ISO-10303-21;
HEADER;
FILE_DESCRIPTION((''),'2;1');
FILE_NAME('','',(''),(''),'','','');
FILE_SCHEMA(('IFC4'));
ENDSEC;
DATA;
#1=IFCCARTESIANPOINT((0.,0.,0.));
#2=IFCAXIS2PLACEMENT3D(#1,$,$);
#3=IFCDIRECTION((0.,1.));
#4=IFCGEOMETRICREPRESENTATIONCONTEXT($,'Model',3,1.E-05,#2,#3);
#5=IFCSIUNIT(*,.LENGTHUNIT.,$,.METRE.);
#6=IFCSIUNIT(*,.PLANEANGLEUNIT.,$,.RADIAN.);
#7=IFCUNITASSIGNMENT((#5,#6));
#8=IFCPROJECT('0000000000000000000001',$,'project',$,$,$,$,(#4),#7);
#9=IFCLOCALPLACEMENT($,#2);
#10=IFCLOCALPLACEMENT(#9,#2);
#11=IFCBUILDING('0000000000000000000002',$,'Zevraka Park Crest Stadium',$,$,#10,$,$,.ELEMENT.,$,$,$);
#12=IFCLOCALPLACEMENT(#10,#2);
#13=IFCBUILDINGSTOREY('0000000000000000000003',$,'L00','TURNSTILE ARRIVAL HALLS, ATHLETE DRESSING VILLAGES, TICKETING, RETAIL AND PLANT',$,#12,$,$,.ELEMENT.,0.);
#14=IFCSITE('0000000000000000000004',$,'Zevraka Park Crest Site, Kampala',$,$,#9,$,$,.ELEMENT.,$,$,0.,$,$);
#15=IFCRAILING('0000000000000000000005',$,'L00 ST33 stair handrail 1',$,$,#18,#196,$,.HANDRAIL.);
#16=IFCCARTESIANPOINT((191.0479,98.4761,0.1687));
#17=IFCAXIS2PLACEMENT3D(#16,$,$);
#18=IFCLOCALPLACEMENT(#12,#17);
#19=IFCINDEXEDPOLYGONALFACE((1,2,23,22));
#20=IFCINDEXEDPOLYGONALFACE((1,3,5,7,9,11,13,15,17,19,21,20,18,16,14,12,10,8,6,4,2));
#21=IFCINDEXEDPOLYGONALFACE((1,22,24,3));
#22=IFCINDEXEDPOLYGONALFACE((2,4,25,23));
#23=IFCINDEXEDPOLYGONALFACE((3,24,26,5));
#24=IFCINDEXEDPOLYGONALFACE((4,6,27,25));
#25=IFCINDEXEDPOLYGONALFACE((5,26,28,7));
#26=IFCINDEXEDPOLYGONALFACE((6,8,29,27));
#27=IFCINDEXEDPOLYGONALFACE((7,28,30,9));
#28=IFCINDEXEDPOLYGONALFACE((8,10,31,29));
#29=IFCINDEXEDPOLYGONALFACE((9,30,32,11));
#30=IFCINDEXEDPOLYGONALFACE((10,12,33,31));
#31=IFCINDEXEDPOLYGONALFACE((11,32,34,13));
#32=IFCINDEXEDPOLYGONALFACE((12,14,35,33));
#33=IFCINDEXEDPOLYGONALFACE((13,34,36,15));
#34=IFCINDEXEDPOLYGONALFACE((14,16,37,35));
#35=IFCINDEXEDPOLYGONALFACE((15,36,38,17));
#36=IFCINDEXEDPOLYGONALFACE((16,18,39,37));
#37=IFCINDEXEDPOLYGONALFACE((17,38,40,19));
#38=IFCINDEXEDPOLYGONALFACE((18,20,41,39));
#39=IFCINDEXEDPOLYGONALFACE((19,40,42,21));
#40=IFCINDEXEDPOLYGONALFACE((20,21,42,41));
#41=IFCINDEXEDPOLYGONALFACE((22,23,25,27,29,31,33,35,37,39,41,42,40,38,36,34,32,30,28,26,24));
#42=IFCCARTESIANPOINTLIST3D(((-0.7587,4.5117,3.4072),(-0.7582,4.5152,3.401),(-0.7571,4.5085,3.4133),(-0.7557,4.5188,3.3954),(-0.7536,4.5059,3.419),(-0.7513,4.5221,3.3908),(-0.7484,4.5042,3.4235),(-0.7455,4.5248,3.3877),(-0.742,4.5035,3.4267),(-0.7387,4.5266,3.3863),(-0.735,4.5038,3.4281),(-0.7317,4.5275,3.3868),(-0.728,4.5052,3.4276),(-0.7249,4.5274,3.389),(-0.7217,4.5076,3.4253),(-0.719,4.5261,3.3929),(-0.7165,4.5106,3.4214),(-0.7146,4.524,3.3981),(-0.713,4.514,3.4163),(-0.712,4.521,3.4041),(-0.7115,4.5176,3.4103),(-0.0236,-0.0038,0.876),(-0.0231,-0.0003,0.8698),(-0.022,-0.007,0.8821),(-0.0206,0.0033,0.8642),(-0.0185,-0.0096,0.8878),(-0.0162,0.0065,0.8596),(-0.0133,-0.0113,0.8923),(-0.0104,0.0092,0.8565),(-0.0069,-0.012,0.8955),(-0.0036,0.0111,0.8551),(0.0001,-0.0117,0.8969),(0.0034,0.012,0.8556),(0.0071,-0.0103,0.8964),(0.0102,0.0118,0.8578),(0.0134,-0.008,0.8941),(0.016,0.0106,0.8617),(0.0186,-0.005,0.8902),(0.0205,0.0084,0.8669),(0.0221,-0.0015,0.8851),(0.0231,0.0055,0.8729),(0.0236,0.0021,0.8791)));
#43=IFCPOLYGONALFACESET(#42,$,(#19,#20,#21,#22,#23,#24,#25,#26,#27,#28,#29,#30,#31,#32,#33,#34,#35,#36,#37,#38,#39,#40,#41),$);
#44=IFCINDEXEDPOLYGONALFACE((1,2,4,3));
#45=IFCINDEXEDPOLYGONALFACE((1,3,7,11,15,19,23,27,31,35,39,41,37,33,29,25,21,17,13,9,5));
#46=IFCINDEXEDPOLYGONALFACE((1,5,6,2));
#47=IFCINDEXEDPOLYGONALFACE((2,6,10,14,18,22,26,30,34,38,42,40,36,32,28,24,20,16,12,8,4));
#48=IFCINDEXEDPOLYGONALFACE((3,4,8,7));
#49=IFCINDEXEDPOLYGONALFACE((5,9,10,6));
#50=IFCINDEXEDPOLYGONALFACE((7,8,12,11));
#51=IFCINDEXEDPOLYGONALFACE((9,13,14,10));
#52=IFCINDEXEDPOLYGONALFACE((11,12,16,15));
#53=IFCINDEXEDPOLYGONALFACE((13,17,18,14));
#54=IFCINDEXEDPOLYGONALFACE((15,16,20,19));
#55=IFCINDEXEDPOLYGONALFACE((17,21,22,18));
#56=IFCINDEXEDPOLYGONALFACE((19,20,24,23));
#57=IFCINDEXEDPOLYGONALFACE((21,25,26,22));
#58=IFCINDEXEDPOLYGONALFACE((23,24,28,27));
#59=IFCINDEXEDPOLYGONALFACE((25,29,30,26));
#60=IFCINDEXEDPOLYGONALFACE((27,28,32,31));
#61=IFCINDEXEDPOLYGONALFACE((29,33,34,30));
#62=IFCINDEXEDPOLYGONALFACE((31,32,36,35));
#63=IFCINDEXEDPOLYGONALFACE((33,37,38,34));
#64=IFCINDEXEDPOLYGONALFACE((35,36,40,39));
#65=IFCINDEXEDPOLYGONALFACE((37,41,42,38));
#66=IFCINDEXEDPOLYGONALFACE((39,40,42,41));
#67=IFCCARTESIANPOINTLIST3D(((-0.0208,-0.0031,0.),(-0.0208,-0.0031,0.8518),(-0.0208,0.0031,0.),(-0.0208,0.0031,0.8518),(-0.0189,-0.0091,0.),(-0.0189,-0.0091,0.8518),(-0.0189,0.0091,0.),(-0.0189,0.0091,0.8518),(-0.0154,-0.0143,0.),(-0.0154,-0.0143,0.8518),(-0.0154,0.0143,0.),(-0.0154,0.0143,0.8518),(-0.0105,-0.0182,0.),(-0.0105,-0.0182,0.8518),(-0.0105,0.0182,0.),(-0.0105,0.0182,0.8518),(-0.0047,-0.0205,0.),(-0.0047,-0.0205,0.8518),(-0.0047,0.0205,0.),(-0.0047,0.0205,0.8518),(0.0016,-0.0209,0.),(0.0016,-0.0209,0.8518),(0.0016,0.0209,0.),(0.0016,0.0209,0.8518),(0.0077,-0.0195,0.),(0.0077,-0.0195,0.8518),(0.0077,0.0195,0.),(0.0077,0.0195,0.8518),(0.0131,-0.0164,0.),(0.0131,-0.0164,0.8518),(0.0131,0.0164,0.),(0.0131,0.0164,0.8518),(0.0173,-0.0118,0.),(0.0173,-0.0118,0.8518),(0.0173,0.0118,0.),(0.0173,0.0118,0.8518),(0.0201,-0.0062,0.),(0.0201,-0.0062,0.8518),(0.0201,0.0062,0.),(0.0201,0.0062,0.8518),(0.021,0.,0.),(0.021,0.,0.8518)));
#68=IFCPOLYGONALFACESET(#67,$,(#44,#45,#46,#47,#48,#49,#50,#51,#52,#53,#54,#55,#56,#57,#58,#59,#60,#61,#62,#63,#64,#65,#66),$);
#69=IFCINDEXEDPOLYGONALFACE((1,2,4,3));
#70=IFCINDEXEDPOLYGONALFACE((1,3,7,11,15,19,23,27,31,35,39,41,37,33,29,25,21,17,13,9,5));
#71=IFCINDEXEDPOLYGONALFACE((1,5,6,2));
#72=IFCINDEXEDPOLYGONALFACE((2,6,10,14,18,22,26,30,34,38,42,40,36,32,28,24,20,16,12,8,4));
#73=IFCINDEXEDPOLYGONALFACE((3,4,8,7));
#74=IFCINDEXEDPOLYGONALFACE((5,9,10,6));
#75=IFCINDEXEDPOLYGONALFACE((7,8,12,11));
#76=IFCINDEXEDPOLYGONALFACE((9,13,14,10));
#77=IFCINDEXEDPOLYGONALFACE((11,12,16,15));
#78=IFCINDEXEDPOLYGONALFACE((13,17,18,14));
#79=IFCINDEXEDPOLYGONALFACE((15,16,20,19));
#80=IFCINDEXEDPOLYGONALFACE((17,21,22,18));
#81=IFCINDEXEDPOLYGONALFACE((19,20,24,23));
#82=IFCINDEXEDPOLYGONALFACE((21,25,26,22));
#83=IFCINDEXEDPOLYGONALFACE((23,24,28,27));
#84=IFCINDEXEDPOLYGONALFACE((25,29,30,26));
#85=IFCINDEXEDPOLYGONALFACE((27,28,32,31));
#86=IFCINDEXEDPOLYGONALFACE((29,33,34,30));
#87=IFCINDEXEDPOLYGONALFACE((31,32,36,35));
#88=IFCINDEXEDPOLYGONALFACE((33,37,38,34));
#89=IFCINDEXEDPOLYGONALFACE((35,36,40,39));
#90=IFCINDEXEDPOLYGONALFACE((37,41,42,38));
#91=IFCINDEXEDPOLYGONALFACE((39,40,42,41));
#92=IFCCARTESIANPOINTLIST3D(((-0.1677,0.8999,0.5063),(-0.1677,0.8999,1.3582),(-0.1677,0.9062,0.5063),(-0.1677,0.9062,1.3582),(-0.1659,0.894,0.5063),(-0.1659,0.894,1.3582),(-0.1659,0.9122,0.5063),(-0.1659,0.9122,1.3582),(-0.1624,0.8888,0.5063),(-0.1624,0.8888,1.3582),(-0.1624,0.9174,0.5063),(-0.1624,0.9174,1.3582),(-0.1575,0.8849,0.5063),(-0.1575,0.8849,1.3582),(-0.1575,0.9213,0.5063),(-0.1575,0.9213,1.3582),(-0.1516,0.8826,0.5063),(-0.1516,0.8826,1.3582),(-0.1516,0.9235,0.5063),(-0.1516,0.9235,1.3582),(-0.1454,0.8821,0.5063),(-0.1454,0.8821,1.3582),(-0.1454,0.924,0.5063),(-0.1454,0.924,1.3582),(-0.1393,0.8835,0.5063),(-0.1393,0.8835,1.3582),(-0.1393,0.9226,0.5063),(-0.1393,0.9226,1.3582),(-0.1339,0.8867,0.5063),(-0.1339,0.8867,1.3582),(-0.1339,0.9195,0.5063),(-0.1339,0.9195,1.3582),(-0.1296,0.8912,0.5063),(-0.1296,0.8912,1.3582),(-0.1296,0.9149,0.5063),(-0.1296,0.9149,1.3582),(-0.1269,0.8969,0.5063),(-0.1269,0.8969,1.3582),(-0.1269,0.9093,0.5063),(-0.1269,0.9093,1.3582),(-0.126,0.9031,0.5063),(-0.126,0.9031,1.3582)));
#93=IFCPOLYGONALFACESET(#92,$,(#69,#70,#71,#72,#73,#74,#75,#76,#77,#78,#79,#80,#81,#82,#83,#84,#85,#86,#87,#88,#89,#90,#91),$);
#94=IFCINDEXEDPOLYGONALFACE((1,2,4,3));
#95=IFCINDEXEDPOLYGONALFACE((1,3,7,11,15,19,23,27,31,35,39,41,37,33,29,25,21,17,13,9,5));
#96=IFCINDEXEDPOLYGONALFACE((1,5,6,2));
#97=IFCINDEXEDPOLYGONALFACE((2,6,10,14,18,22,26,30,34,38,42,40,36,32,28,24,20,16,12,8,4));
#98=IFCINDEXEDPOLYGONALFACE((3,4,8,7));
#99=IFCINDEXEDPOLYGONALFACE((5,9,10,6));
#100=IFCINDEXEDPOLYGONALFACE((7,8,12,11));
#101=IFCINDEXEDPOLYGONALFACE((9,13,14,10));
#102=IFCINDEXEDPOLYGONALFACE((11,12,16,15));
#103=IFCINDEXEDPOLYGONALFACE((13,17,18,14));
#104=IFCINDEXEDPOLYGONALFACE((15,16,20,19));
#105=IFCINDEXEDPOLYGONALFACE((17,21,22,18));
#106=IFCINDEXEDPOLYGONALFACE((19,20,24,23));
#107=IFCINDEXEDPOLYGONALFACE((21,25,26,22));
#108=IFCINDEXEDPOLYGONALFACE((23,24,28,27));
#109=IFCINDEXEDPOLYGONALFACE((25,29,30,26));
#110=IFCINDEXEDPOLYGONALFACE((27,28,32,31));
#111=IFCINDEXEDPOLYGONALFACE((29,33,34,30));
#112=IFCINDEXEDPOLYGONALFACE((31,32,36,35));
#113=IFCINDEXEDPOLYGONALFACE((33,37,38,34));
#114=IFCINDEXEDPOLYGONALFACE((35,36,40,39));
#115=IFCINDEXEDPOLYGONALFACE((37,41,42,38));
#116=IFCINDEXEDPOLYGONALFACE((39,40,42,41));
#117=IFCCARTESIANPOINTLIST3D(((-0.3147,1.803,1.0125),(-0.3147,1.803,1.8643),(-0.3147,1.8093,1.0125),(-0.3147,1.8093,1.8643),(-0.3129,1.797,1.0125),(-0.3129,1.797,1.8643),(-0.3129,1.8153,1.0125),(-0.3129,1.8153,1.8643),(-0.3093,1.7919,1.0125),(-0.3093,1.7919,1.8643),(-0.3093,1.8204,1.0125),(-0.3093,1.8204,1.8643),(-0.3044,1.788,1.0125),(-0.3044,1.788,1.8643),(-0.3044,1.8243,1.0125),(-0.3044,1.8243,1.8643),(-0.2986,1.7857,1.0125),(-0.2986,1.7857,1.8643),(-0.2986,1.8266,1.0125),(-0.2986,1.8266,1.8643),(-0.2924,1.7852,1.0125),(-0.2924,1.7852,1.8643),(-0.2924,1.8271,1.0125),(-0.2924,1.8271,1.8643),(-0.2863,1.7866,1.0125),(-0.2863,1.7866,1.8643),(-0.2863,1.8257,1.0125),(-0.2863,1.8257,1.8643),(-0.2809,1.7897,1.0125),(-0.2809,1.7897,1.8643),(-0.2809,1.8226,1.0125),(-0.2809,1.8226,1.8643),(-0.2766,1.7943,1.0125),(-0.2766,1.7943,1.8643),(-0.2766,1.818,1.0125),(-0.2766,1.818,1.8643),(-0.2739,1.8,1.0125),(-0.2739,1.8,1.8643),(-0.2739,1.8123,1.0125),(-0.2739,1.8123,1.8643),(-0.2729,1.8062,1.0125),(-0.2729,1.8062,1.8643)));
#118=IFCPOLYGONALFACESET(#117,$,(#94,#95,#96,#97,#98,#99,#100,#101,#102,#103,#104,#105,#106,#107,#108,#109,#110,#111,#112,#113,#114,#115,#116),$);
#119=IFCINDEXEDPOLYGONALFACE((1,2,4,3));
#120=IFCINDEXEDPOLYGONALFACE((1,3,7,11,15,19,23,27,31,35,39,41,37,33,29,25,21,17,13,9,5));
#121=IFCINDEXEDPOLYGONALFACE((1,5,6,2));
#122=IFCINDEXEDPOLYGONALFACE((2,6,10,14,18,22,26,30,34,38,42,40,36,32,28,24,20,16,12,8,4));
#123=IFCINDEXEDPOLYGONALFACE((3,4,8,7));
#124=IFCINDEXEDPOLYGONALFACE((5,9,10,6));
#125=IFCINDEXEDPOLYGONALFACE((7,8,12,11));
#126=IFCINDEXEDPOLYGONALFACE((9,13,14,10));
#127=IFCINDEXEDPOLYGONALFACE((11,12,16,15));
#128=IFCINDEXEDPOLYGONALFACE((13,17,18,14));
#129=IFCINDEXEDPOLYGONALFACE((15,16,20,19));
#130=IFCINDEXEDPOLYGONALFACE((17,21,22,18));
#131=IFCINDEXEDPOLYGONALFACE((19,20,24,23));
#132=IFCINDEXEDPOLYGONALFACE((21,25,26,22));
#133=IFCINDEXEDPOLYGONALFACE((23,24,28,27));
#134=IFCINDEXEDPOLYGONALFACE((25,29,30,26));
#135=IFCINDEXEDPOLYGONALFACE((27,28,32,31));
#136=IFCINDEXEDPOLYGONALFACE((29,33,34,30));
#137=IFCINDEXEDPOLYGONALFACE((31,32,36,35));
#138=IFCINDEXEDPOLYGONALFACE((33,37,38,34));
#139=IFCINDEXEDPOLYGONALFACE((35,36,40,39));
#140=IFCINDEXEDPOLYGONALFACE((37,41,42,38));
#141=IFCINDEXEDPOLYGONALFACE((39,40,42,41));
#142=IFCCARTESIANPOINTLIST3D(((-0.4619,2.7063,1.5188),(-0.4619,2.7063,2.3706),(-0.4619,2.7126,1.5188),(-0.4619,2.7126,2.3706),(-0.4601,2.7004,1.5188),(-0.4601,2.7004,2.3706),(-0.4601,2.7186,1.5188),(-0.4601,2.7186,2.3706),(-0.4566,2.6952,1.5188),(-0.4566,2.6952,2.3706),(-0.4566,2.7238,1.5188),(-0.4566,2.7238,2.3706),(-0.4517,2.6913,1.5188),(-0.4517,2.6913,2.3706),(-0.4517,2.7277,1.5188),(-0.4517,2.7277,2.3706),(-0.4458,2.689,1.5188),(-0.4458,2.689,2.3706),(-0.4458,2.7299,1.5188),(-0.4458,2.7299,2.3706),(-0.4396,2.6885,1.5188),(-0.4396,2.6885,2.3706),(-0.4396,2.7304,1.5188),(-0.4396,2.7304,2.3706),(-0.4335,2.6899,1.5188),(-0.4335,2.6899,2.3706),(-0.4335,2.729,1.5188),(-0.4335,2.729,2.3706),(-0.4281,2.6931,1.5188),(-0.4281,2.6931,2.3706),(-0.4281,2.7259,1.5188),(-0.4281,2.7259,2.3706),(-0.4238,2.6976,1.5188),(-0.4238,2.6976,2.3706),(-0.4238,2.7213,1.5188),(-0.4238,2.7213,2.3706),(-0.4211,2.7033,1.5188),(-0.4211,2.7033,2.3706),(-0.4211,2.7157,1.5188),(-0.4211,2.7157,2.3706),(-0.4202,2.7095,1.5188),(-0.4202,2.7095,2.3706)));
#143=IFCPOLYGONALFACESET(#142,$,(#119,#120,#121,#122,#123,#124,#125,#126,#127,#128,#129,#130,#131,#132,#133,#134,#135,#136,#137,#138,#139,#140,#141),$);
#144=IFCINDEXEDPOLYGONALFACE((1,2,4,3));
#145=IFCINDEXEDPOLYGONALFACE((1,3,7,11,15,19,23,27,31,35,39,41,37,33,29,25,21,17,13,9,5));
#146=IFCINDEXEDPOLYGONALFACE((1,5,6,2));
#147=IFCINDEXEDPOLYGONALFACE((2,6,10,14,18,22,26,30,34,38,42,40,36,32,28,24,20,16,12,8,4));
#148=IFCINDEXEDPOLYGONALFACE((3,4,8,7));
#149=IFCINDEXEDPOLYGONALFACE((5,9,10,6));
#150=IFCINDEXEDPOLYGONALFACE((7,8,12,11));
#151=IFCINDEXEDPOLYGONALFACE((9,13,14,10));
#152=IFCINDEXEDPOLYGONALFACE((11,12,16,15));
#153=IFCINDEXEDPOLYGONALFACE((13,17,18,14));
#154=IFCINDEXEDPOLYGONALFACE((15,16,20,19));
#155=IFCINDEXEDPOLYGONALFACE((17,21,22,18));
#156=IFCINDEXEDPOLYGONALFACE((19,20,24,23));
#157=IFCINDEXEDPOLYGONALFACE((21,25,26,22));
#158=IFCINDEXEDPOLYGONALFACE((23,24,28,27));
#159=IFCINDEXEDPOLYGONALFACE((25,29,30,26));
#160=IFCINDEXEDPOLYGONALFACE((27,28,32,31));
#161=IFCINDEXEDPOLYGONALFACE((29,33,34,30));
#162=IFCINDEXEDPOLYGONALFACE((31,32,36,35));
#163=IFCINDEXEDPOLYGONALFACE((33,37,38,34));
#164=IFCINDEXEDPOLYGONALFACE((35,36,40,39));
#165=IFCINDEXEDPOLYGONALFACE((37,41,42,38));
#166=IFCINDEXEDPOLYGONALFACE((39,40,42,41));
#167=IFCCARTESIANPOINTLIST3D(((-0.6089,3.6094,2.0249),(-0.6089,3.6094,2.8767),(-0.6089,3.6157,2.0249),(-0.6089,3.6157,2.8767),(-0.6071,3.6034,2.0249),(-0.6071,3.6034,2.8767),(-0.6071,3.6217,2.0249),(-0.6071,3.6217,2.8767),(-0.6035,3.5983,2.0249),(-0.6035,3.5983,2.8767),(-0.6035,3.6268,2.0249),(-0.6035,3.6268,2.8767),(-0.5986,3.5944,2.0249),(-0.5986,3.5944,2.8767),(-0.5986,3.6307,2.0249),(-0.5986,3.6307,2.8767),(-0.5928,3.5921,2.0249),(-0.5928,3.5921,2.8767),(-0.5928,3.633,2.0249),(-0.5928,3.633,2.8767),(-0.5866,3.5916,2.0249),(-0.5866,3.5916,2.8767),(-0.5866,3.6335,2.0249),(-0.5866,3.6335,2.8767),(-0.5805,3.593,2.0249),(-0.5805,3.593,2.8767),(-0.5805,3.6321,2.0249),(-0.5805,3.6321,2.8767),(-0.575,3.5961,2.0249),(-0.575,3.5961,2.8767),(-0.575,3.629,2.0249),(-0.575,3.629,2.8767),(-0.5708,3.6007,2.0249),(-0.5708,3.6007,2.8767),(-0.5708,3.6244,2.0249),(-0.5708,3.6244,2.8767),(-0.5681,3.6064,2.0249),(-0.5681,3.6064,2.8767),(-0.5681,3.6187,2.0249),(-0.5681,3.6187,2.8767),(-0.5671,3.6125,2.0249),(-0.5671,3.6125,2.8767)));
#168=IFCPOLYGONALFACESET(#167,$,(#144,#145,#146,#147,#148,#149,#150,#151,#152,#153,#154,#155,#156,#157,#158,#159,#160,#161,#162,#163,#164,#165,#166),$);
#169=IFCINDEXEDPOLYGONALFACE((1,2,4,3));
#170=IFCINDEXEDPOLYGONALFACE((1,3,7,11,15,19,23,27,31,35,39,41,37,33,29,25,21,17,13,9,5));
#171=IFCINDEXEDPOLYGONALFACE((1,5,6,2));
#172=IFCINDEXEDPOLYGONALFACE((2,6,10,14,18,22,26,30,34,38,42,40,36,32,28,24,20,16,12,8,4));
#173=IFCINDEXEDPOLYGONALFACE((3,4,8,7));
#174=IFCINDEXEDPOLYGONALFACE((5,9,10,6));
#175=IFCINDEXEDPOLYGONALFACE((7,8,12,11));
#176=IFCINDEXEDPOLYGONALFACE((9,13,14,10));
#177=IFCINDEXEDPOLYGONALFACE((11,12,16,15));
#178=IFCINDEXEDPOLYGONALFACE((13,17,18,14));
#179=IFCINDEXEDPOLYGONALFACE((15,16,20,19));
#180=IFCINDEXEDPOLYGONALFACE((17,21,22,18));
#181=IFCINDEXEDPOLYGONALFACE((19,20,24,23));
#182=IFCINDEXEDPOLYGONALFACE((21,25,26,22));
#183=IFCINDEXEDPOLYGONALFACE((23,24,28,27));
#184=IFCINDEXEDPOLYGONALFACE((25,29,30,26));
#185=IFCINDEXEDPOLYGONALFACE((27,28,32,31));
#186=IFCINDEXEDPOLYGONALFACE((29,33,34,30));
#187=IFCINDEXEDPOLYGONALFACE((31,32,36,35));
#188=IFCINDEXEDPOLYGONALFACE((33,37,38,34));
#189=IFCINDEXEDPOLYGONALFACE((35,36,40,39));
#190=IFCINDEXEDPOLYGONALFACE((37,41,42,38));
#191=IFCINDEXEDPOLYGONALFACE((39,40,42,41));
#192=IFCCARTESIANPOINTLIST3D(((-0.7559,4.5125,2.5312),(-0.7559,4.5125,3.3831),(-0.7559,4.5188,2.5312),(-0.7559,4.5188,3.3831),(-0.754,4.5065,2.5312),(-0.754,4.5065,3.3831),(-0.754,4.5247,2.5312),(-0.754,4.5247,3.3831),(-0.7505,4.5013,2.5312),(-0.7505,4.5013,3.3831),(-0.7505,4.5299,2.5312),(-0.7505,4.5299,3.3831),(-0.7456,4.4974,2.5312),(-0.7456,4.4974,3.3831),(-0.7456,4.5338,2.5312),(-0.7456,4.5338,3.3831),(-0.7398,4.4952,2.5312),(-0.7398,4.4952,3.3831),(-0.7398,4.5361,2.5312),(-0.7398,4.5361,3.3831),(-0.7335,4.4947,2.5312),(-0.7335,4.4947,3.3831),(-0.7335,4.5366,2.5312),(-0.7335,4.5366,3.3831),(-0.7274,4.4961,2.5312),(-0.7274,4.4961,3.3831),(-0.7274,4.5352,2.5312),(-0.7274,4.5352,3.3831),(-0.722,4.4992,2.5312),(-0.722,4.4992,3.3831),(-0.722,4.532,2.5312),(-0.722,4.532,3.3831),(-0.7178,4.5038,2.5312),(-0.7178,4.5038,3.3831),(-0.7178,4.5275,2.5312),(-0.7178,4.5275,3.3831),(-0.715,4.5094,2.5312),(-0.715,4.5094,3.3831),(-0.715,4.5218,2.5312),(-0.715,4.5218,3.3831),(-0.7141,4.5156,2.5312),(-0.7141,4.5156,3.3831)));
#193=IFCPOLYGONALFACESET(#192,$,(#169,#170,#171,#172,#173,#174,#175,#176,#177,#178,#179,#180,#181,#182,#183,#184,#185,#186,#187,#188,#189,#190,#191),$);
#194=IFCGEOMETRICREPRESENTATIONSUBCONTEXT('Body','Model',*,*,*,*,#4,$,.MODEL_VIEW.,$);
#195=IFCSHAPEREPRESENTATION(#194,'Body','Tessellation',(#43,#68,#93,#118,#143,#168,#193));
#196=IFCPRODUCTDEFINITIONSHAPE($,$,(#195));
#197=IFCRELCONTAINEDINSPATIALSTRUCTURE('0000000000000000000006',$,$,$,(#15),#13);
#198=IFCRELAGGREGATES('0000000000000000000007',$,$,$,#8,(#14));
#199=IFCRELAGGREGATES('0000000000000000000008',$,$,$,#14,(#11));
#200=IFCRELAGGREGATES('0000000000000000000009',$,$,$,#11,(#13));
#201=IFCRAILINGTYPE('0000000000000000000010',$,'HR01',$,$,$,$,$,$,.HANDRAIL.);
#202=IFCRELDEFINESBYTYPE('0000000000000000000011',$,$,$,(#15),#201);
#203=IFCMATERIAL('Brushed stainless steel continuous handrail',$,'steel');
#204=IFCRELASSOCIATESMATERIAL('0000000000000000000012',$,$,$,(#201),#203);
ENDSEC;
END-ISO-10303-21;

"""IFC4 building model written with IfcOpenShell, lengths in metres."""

from ifc_helpers import new_model, si_unit, direction, frame, origin, origin_2d, place, context, subcontext, project, spatial, circle, extrude, material, type_object, element, save


model = new_model("IFC4")

# Units and contexts
model_context = context("Model", 3, precision=1e-05, world=origin(), true_north=direction((0.0, 1.0)))
body_context = subcontext(model_context, "Body", "Model", "MODEL_VIEW")
ifc_project = project(units=[si_unit("LENGTHUNIT", "METRE"), si_unit("PLANEANGLEUNIT", "RADIAN")], contexts=[model_context])

# Site, building, storey
site_placement = place(None, origin())
site = spatial("IfcSite", under=ifc_project, at=site_placement, Name="Zevraka Park Crest Site, Kampala", CompositionType="ELEMENT", RefElevation=0.0)
building_placement = place(site_placement, origin())
building = spatial("IfcBuilding", under=site, at=building_placement, Name="Zevraka Park Crest Stadium", CompositionType="ELEMENT")
storey_placement = place(building_placement, origin())
storey = spatial("IfcBuildingStorey", under=building, at=storey_placement, Name="L00", Description="TURNSTILE ARRIVAL HALLS, ATHLETE DRESSING VILLAGES, TICKETING, RETAIL AND PLANT", CompositionType="ELEMENT", Elevation=0.0)

# Railing
ifc_material_1 = material(Name="Brushed stainless steel continuous handrail", Category="steel")
railing_type_1 = type_object("IfcRailingType", Name="HR01", PredefinedType="HANDRAIL", material=ifc_material_1)
railing_1_placement = place(storey_placement, frame((191.0479, 98.4761, 0.1687)))
element("IfcRailing", 1, at=railing_1_placement, inside=storey, type_object=railing_type_1, Name="L00 ST33 stair handrail 1", PredefinedType="HANDRAIL", context=body_context, shape_type="SweptSolid", body=[
    extrude(circle(Radius=0.0239, at=origin_2d()), frame((0.0, 0.0, 0.876), z_axis=(-0.140593, 0.863636, 0.484114), x_axis=(-0.987007, -0.160677, 0.0)), (0.0, 0.0, 1.0), 5.2285),
    extrude(circle(Radius=0.021, at=origin_2d()), origin(), (0.0, 0.0, 1.0), 0.8518),
    extrude(circle(Radius=0.021, at=origin_2d()), frame((-0.147, 0.9031, 0.5063)), (0.0, 0.0, 1.0), 0.8518),
    extrude(circle(Radius=0.021, at=origin_2d()), frame((-0.2939, 1.8062, 1.0125)), (0.0, 0.0, 1.0), 0.8518),
    extrude(circle(Radius=0.021, at=origin_2d()), frame((-0.4412, 2.7095, 1.5188)), (0.0, 0.0, 1.0), 0.8518),
    extrude(circle(Radius=0.021, at=origin_2d()), frame((-0.5881, 3.6125, 2.0249)), (0.0, 0.0, 1.0), 0.8518),
    extrude(circle(Radius=0.021, at=origin_2d()), frame((-0.7351, 4.5156, 2.5312)), (0.0, 0.0, 1.0), 0.8518),
])

save(model, "model.ifc")
